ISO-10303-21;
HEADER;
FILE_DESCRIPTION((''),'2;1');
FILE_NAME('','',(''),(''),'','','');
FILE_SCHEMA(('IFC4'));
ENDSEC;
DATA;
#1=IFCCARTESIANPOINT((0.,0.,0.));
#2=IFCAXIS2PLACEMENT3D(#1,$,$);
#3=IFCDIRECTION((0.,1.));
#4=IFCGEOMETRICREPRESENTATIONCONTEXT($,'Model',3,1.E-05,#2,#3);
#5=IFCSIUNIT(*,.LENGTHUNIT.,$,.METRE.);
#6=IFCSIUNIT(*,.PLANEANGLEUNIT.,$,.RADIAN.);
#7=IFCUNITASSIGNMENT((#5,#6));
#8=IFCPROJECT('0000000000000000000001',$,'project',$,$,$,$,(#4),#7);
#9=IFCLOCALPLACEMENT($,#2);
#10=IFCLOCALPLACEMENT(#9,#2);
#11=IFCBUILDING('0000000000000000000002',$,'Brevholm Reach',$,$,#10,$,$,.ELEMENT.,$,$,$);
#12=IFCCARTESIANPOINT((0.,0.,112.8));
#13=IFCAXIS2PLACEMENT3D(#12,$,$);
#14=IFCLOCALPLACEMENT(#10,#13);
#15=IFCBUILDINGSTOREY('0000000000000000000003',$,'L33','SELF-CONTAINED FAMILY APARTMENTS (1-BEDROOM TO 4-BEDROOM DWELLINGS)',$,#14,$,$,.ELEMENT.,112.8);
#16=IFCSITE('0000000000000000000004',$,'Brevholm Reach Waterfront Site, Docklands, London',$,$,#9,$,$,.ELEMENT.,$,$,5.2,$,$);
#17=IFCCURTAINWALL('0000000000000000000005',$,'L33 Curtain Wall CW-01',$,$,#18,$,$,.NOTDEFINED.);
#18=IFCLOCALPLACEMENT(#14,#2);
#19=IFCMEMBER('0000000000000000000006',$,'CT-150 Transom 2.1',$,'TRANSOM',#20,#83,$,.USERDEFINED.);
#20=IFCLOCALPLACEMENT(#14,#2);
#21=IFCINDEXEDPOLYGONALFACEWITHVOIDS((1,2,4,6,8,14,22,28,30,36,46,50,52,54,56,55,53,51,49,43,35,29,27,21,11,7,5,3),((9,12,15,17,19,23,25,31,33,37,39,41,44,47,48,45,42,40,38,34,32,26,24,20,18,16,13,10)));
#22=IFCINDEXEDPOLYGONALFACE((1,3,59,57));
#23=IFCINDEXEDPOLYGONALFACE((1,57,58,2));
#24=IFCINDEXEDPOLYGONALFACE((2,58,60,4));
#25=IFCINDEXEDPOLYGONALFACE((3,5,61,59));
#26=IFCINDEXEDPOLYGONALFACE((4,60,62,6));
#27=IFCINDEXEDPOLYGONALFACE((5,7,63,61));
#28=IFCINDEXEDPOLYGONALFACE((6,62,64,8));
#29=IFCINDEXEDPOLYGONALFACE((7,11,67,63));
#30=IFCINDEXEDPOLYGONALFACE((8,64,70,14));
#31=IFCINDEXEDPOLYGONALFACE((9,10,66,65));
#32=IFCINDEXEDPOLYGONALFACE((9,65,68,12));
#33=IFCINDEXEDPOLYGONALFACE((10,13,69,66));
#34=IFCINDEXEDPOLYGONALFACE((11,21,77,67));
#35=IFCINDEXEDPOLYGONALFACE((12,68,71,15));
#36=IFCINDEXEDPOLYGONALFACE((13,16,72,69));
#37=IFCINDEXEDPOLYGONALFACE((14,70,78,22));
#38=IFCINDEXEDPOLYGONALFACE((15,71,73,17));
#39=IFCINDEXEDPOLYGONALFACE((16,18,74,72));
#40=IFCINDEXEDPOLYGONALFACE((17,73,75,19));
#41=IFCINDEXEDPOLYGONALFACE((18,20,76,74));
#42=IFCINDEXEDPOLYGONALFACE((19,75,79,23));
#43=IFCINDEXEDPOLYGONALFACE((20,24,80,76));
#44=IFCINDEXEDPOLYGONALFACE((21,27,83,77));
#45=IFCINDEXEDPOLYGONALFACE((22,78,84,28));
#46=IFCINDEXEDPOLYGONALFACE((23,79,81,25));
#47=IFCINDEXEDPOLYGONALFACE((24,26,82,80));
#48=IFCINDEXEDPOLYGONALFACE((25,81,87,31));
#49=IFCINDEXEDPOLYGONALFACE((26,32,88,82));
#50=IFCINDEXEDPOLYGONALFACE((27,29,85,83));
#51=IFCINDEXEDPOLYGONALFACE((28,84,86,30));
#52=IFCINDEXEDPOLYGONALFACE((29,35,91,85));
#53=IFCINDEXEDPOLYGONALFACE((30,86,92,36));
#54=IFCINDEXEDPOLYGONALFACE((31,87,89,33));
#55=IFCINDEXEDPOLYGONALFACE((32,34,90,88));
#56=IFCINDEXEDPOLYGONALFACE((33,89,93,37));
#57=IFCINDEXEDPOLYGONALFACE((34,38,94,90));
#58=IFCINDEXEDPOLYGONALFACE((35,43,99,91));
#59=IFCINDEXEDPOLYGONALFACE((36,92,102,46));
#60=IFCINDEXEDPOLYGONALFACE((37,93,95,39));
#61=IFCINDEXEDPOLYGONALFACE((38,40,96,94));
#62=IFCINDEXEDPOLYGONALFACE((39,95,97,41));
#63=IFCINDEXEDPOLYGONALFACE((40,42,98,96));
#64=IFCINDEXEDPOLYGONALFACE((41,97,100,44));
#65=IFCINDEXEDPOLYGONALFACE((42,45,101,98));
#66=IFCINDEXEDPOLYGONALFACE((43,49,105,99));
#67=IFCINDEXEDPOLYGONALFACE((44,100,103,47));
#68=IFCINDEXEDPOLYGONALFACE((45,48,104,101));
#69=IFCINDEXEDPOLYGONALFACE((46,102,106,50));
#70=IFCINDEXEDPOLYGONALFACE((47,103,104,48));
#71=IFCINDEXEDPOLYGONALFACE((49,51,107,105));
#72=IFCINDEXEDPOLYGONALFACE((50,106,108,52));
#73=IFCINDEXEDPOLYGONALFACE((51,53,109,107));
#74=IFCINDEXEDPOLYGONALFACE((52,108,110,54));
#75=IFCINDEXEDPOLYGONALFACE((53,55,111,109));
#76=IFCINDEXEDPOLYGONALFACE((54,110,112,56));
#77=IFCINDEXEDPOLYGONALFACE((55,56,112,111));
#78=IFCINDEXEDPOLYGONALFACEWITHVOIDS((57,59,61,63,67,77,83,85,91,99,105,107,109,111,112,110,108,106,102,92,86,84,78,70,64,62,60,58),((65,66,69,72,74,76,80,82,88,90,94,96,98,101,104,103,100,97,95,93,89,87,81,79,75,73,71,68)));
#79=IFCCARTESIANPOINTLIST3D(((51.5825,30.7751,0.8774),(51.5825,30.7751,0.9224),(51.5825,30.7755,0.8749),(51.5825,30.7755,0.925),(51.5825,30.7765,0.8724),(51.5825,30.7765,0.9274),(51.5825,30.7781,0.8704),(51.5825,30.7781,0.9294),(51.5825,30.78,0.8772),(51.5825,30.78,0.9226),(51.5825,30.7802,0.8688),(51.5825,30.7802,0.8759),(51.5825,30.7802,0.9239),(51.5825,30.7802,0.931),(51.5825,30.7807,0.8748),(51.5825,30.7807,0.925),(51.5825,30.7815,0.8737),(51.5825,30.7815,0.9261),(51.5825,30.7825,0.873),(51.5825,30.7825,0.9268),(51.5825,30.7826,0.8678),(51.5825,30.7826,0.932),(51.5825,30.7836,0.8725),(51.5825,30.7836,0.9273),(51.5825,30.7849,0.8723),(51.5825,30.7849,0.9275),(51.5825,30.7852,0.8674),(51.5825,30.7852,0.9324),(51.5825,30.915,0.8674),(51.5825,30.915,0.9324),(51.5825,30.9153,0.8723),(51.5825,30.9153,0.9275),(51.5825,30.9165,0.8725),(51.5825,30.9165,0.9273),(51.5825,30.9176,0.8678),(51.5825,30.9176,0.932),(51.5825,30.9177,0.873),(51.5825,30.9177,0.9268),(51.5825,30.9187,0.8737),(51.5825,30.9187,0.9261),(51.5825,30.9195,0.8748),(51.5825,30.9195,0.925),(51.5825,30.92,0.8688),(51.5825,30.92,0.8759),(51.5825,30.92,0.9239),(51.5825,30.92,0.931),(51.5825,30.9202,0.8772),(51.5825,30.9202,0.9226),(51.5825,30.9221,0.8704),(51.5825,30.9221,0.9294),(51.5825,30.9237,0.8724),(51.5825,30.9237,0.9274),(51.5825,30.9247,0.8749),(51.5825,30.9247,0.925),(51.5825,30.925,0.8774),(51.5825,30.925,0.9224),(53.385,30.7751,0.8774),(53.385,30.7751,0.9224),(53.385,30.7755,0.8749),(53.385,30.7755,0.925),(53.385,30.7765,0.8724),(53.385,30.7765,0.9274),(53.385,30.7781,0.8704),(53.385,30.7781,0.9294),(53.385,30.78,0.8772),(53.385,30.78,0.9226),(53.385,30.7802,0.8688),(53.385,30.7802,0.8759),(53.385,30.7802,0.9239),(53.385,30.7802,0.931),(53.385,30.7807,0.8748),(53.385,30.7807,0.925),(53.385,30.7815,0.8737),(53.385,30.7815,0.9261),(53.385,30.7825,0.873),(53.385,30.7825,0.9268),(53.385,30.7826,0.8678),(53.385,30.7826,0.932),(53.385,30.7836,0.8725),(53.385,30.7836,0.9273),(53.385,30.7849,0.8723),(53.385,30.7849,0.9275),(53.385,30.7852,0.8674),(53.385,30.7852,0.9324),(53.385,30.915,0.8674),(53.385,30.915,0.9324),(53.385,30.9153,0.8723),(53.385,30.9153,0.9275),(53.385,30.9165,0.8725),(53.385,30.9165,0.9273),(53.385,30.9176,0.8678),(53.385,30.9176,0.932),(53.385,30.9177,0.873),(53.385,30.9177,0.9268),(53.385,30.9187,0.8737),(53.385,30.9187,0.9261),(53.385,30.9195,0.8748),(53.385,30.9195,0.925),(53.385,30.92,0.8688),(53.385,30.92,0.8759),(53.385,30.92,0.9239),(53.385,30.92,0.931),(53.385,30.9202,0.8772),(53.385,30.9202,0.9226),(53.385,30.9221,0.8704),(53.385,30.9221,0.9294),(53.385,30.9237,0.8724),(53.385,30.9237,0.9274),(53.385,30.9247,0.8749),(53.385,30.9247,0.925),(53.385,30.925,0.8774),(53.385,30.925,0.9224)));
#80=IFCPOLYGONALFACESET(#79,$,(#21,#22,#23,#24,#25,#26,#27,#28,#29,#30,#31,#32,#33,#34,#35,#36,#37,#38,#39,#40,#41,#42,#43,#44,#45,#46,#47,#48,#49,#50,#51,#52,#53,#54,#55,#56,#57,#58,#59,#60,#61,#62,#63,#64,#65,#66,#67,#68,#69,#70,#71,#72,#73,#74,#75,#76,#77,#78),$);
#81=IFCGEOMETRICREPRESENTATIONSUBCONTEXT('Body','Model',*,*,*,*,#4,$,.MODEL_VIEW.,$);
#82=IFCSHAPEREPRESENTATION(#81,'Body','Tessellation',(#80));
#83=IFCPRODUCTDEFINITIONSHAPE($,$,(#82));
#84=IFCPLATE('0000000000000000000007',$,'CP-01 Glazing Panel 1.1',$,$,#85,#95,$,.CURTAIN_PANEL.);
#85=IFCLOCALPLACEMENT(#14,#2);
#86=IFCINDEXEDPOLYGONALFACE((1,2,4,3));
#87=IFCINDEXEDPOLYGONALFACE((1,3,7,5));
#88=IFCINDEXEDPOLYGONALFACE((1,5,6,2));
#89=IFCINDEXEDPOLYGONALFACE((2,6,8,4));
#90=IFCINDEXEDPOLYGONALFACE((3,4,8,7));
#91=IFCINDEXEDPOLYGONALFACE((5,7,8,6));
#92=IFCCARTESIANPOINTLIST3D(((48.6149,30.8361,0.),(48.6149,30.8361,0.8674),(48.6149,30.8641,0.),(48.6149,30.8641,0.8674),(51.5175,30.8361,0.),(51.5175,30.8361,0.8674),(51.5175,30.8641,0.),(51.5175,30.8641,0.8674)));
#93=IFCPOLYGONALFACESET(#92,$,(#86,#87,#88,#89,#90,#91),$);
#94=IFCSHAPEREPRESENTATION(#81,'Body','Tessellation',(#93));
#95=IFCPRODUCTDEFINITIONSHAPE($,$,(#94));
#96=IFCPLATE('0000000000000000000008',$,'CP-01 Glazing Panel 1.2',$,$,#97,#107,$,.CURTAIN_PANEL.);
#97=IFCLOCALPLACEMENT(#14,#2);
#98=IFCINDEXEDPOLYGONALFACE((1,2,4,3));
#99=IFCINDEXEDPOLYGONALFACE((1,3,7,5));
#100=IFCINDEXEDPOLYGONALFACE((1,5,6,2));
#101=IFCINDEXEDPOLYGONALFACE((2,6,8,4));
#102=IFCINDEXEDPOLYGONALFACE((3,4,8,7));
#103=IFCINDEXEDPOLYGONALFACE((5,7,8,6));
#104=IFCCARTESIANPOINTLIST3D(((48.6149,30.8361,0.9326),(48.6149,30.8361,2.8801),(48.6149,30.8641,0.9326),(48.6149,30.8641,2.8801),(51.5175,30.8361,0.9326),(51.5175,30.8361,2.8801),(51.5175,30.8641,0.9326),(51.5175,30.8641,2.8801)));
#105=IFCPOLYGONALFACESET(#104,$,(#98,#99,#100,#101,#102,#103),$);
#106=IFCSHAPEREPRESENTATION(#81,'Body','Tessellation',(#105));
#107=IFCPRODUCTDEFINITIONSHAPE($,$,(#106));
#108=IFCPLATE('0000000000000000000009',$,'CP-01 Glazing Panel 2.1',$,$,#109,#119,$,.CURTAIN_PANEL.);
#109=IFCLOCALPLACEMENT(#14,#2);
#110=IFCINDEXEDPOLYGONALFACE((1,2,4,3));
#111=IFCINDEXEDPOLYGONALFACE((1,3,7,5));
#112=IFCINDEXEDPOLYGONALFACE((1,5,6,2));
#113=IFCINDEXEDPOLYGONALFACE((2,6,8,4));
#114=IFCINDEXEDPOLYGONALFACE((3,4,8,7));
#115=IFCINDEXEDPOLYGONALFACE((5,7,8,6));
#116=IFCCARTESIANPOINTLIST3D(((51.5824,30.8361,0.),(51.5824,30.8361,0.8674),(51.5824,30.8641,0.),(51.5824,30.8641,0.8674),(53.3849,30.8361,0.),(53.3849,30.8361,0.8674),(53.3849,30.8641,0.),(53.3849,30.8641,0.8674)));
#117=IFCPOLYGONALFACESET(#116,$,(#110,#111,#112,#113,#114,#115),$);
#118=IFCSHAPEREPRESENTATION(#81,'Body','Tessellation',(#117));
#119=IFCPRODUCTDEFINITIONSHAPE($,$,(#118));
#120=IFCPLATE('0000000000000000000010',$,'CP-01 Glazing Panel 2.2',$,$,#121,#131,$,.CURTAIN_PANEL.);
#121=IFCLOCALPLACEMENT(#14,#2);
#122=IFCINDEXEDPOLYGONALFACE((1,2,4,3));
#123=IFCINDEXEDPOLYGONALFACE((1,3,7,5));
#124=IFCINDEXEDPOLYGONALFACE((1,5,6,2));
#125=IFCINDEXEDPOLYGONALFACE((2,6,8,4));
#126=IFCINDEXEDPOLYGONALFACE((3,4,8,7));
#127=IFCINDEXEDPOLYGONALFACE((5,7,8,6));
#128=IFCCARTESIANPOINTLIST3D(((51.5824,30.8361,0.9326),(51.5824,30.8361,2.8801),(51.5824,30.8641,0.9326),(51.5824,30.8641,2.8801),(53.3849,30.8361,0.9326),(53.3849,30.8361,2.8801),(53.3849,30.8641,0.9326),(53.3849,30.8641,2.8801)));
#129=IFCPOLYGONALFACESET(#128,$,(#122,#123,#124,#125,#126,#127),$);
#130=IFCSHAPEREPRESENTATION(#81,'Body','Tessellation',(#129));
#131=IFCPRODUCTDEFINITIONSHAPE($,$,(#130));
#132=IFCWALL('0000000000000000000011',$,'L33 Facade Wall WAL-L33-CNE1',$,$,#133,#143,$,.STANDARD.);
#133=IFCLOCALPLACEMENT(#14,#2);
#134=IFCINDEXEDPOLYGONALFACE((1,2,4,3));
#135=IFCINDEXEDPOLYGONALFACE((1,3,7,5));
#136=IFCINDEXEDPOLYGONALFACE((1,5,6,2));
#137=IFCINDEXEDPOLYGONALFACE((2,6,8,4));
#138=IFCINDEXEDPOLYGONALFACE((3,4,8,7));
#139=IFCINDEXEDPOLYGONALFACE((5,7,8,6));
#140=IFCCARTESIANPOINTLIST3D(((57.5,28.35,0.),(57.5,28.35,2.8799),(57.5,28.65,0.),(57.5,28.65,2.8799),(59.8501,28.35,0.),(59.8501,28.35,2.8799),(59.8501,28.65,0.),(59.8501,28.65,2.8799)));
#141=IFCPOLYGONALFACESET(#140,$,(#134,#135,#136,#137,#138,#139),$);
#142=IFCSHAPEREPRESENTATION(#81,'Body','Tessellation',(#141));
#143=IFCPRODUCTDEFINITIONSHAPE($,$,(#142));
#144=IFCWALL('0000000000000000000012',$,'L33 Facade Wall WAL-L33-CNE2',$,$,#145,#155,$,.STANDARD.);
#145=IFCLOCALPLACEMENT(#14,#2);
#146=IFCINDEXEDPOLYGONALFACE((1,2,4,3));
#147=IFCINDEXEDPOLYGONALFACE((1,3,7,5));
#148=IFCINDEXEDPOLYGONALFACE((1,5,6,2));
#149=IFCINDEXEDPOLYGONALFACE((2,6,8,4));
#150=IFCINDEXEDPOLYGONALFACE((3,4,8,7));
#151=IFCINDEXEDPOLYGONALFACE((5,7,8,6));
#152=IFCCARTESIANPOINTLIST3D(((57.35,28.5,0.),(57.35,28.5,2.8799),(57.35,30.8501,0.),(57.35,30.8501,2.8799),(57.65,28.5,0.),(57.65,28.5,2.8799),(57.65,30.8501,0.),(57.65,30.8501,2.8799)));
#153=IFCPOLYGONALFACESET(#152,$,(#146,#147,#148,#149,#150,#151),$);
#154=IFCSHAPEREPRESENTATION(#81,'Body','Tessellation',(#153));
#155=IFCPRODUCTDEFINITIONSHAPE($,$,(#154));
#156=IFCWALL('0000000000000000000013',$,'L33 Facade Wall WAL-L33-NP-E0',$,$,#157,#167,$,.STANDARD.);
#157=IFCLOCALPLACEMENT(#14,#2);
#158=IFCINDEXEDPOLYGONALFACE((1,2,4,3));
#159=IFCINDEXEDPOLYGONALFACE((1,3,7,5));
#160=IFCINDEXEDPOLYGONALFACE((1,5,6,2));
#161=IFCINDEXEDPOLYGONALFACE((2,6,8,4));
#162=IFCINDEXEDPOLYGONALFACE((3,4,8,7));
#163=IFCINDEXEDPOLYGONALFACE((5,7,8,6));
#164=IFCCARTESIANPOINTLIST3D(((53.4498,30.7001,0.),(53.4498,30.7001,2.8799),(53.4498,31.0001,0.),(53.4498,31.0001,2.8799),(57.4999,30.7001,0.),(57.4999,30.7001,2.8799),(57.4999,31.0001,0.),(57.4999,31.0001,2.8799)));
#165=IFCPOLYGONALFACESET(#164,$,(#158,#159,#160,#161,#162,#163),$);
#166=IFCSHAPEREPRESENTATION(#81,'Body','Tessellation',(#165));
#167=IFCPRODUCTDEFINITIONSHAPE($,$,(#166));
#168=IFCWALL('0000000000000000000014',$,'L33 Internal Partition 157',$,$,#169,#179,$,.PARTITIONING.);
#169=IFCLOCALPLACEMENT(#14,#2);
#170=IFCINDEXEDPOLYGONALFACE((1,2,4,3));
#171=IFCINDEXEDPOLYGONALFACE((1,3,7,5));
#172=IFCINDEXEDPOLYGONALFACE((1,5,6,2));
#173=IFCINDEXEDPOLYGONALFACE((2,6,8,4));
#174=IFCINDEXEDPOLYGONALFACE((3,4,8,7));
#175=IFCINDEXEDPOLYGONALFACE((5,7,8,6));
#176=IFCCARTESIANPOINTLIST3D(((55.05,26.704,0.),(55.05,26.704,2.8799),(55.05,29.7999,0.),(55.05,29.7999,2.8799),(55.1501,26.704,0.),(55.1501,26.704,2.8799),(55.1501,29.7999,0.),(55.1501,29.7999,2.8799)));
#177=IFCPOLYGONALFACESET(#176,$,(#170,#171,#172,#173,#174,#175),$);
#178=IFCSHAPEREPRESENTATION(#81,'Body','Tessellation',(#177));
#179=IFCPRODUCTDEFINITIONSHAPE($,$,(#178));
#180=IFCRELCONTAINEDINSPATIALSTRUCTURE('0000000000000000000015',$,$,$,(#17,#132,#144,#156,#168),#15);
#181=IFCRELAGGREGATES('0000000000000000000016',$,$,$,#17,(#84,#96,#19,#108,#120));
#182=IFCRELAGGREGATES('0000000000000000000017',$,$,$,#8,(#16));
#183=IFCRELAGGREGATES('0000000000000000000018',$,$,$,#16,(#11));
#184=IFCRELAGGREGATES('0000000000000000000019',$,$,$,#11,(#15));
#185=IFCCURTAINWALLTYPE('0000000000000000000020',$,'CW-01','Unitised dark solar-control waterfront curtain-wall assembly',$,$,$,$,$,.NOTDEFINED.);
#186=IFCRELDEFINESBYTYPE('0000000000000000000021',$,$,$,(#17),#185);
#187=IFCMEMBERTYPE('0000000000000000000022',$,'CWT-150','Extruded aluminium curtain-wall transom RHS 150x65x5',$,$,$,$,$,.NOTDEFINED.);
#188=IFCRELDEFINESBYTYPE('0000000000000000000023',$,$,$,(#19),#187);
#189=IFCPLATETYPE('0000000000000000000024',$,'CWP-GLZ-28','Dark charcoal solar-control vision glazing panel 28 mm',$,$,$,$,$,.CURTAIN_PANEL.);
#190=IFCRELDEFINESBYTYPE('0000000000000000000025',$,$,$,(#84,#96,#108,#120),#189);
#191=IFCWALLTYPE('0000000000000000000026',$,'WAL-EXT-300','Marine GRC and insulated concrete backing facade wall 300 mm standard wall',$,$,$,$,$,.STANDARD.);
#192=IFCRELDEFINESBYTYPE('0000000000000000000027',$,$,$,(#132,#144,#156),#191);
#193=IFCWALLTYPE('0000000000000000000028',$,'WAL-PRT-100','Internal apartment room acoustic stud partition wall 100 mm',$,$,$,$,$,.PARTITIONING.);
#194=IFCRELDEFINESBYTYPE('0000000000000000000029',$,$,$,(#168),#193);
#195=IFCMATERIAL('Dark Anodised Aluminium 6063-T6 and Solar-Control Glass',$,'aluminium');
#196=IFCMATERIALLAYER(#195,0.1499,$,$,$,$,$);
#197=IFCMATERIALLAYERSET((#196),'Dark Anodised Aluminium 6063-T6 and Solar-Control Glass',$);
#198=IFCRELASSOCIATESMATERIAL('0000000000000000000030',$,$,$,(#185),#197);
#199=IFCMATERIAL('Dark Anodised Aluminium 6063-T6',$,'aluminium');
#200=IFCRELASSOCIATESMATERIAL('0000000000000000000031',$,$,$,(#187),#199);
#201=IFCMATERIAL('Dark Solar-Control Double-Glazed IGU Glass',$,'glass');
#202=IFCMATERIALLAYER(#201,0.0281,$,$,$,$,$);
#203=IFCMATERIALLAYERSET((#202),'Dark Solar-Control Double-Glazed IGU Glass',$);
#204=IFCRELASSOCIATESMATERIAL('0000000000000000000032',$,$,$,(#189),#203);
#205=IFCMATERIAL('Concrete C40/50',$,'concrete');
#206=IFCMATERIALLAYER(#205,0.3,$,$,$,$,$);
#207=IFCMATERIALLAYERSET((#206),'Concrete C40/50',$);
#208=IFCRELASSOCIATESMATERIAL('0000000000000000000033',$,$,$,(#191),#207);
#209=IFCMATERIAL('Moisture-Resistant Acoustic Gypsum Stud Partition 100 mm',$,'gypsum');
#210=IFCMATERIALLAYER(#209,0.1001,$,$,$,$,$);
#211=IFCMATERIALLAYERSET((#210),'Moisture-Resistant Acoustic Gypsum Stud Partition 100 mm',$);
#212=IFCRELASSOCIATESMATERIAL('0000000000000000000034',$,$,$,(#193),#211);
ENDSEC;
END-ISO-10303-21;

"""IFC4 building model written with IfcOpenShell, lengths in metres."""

from ifc_helpers import new_model, si_unit, direction, frame, frame_2d, origin, origin_2d, place, context, subcontext, project, spatial, rectangle, hollow_rectangle, extrude, material, layer, layer_set, material_profile, profile_set, type_object, element, aggregate, save


model = new_model("IFC4")

# Units and contexts
model_context = context("Model", 3, precision=1e-05, world=origin(), true_north=direction((0.0, 1.0)))
body_context = subcontext(model_context, "Body", "Model", "MODEL_VIEW")
ifc_project = project(units=[si_unit("LENGTHUNIT", "METRE"), si_unit("PLANEANGLEUNIT", "RADIAN")], contexts=[model_context])

# Site, building, storey
site_placement = place(None, origin())
site = spatial("IfcSite", under=ifc_project, at=site_placement, Name="Brevholm Reach Waterfront Site, Docklands, London", CompositionType="ELEMENT", RefElevation=5.2)
building_placement = place(site_placement, origin())
building = spatial("IfcBuilding", under=site, at=building_placement, Name="Brevholm Reach", CompositionType="ELEMENT")
storey_placement = place(building_placement, frame((0.0, 0.0, 112.8)))
storey = spatial("IfcBuildingStorey", under=building, at=storey_placement, Name="L33", Description="SELF-CONTAINED FAMILY APARTMENTS (1-BEDROOM TO 4-BEDROOM DWELLINGS)", CompositionType="ELEMENT", Elevation=112.8)

# Curtain wall, member, plates
ifc_material_1 = material(Name="Dark Anodised Aluminium 6063-T6 and Solar-Control Glass", Category="aluminium")
ifc_layer_1 = layer(ifc_material_1, 0.1499)
ifc_layer_set_1 = layer_set([ifc_layer_1], Name="Dark Anodised Aluminium 6063-T6 and Solar-Control Glass")
curtain_wall_type = type_object("IfcCurtainWallType", Name="CW-01", Description="Unitised dark solar-control waterfront curtain-wall assembly", PredefinedType="NOTDEFINED", material=ifc_layer_set_1)
curtain_wall_placement = place(storey_placement, origin())
curtain_wall = element("IfcCurtainWall", 1, at=curtain_wall_placement, inside=storey, type_object=curtain_wall_type, Name="L33 Curtain Wall CW-01", PredefinedType="NOTDEFINED")
ifc_material_2 = material(Name="Dark Anodised Aluminium 6063-T6", Category="aluminium")
ifc_material_profile_1 = material_profile(ifc_material_2, hollow_rectangle(XDim=0.0649, YDim=0.1499, WallThickness=0.0049, InnerFilletRadius=0.0049, OuterFilletRadius=0.01, at=origin_2d()), Name="RHS 150x65x5")
ifc_profile_set_1 = profile_set([ifc_material_profile_1], Name="Dark Anodised Aluminium 6063-T6")
member_type_1 = type_object("IfcMemberType", Name="CWT-150", Description="Extruded aluminium curtain-wall transom RHS 150x65x5", PredefinedType="NOTDEFINED", material=ifc_profile_set_1)
member_1_placement = place(storey_placement, frame((51.5825, 30.8501, 0.8999), z_axis=(1.0, 0.0, 0.0), x_axis=(0.0, 0.0, 1.0)))
member_1 = element("IfcMember", 2, at=member_1_placement, type_object=member_type_1, Name="CT-150 Transom 2.1", ObjectType="TRANSOM", PredefinedType="USERDEFINED", context=body_context, shape_type="SweptSolid", body=[
    extrude(hollow_rectangle(XDim=0.0649, YDim=0.1499, WallThickness=0.0049, InnerFilletRadius=0.0049, OuterFilletRadius=0.01, at=origin_2d()), origin(), (0.0, 0.0, 1.0), 1.8025),
])
ifc_material_3 = material(Name="Dark Solar-Control Double-Glazed IGU Glass", Category="glass")
ifc_layer_2 = layer(ifc_material_3, 0.0281)
ifc_layer_set_2 = layer_set([ifc_layer_2], Name="Dark Solar-Control Double-Glazed IGU Glass")
plate_type = type_object("IfcPlateType", Name="CWP-GLZ-28", Description="Dark charcoal solar-control vision glazing panel 28 mm", PredefinedType="CURTAIN_PANEL", material=ifc_layer_set_2)
plate_1_placement = place(storey_placement, frame((50.0662, 30.8501, 0.0), z_axis=(0.0, 0.0, 1.0), x_axis=(1.0, 0.0, 0.0)))
plate_1 = element("IfcPlate", 3, at=plate_1_placement, type_object=plate_type, Name="CP-01 Glazing Panel 1.1", PredefinedType="CURTAIN_PANEL", context=body_context, shape_type="SweptSolid", body=[
    extrude(rectangle(XDim=2.9026, YDim=0.0281, at=origin_2d()), origin(), (0.0, 0.0, 1.0), 0.8674),
])
plate_2_placement = place(storey_placement, frame((50.0662, 30.8501, 0.9326), z_axis=(0.0, 0.0, 1.0), x_axis=(1.0, 0.0, 0.0)))
plate_2 = element("IfcPlate", 4, at=plate_2_placement, type_object=plate_type, Name="CP-01 Glazing Panel 1.2", PredefinedType="CURTAIN_PANEL", context=body_context, shape_type="SweptSolid", body=[
    extrude(rectangle(XDim=2.9026, YDim=0.0281, at=origin_2d()), origin(), (0.0, 0.0, 1.0), 1.9475),
])
plate_3_placement = place(storey_placement, frame((52.4836, 30.8501, 0.0), z_axis=(0.0, 0.0, 1.0), x_axis=(1.0, 0.0, 0.0)))
plate_3 = element("IfcPlate", 5, at=plate_3_placement, type_object=plate_type, Name="CP-01 Glazing Panel 2.1", PredefinedType="CURTAIN_PANEL", context=body_context, shape_type="SweptSolid", body=[
    extrude(rectangle(XDim=1.8025, YDim=0.0281, at=origin_2d()), origin(), (0.0, 0.0, 1.0), 0.8674),
])
plate_4_placement = place(storey_placement, frame((52.4836, 30.8501, 0.9326), z_axis=(0.0, 0.0, 1.0), x_axis=(1.0, 0.0, 0.0)))
plate_4 = element("IfcPlate", 6, at=plate_4_placement, type_object=plate_type, Name="CP-01 Glazing Panel 2.2", PredefinedType="CURTAIN_PANEL", context=body_context, shape_type="SweptSolid", body=[
    extrude(rectangle(XDim=1.8025, YDim=0.0281, at=origin_2d()), origin(), (0.0, 0.0, 1.0), 1.9475),
])
aggregate(curtain_wall, [plate_1, plate_2, member_1, plate_3, plate_4])

# Walls
ifc_material_4 = material(Name="Concrete C40/50", Category="concrete")
ifc_layer_3 = layer(ifc_material_4, 0.3)
ifc_layer_set_3 = layer_set([ifc_layer_3], Name="Concrete C40/50")
wall_type_1 = type_object("IfcWallType", Name="WAL-EXT-300", Description="Marine GRC and insulated concrete backing facade wall 300 mm standard wall", PredefinedType="STANDARD", material=ifc_layer_set_3)
for number, where, z_axis, x_axis, name in (
    (7, (59.8501, 28.5, 0.0), (0.0, 0.0, 1.0), (-1.0, 0.0, 0.0), "L33 Facade Wall WAL-L33-CNE1"),
    (8, (57.5, 28.5, 0.0), (0.0, 0.0, 1.0), (0.0, 1.0, 0.0), "L33 Facade Wall WAL-L33-CNE2"),
):
    element("IfcWall", number, at=place(storey_placement, frame(where, z_axis=z_axis, x_axis=x_axis)), inside=storey, type_object=wall_type_1, Name=name, PredefinedType="STANDARD", context=body_context, shape_type="SweptSolid", body=[
        extrude(rectangle(XDim=2.3501, YDim=0.3, at=frame_2d((1.175, 0.0))), origin(), (0.0, 0.0, 1.0), 2.8799),
    ])
wall_1_placement = place(storey_placement, frame((53.45, 30.8501, 0.0), z_axis=(0.0, 0.0, 1.0), x_axis=(1.0, 0.0, 0.0)))
element("IfcWall", 9, at=wall_1_placement, inside=storey, type_object=wall_type_1, Name="L33 Facade Wall WAL-L33-NP-E0", PredefinedType="STANDARD", context=body_context, shape_type="SweptSolid", body=[
    extrude(rectangle(XDim=4.05, YDim=0.3, at=frame_2d((2.0249, 0.0))), origin(), (0.0, 0.0, 1.0), 2.8799),
])
ifc_material_5 = material(Name="Moisture-Resistant Acoustic Gypsum Stud Partition 100 mm", Category="gypsum")
ifc_layer_4 = layer(ifc_material_5, 0.1001)
ifc_layer_set_4 = layer_set([ifc_layer_4], Name="Moisture-Resistant Acoustic Gypsum Stud Partition 100 mm")
wall_type_2 = type_object("IfcWallType", Name="WAL-PRT-100", Description="Internal apartment room acoustic stud partition wall 100 mm", PredefinedType="PARTITIONING", material=ifc_layer_set_4)
wall_2_placement = place(storey_placement, frame((55.1001, 26.7041, 0.0), z_axis=(0.0, 0.0, 1.0), x_axis=(0.0, 1.0, 0.0)))
element("IfcWall", 10, at=wall_2_placement, inside=storey, type_object=wall_type_2, Name="L33 Internal Partition 157", PredefinedType="PARTITIONING", context=body_context, shape_type="SweptSolid", body=[
    extrude(rectangle(XDim=3.0959, YDim=0.1001, at=frame_2d((1.5479, 0.0))), origin(), (0.0, 0.0, 1.0), 2.8799),
])

save(model, "model.ifc")
